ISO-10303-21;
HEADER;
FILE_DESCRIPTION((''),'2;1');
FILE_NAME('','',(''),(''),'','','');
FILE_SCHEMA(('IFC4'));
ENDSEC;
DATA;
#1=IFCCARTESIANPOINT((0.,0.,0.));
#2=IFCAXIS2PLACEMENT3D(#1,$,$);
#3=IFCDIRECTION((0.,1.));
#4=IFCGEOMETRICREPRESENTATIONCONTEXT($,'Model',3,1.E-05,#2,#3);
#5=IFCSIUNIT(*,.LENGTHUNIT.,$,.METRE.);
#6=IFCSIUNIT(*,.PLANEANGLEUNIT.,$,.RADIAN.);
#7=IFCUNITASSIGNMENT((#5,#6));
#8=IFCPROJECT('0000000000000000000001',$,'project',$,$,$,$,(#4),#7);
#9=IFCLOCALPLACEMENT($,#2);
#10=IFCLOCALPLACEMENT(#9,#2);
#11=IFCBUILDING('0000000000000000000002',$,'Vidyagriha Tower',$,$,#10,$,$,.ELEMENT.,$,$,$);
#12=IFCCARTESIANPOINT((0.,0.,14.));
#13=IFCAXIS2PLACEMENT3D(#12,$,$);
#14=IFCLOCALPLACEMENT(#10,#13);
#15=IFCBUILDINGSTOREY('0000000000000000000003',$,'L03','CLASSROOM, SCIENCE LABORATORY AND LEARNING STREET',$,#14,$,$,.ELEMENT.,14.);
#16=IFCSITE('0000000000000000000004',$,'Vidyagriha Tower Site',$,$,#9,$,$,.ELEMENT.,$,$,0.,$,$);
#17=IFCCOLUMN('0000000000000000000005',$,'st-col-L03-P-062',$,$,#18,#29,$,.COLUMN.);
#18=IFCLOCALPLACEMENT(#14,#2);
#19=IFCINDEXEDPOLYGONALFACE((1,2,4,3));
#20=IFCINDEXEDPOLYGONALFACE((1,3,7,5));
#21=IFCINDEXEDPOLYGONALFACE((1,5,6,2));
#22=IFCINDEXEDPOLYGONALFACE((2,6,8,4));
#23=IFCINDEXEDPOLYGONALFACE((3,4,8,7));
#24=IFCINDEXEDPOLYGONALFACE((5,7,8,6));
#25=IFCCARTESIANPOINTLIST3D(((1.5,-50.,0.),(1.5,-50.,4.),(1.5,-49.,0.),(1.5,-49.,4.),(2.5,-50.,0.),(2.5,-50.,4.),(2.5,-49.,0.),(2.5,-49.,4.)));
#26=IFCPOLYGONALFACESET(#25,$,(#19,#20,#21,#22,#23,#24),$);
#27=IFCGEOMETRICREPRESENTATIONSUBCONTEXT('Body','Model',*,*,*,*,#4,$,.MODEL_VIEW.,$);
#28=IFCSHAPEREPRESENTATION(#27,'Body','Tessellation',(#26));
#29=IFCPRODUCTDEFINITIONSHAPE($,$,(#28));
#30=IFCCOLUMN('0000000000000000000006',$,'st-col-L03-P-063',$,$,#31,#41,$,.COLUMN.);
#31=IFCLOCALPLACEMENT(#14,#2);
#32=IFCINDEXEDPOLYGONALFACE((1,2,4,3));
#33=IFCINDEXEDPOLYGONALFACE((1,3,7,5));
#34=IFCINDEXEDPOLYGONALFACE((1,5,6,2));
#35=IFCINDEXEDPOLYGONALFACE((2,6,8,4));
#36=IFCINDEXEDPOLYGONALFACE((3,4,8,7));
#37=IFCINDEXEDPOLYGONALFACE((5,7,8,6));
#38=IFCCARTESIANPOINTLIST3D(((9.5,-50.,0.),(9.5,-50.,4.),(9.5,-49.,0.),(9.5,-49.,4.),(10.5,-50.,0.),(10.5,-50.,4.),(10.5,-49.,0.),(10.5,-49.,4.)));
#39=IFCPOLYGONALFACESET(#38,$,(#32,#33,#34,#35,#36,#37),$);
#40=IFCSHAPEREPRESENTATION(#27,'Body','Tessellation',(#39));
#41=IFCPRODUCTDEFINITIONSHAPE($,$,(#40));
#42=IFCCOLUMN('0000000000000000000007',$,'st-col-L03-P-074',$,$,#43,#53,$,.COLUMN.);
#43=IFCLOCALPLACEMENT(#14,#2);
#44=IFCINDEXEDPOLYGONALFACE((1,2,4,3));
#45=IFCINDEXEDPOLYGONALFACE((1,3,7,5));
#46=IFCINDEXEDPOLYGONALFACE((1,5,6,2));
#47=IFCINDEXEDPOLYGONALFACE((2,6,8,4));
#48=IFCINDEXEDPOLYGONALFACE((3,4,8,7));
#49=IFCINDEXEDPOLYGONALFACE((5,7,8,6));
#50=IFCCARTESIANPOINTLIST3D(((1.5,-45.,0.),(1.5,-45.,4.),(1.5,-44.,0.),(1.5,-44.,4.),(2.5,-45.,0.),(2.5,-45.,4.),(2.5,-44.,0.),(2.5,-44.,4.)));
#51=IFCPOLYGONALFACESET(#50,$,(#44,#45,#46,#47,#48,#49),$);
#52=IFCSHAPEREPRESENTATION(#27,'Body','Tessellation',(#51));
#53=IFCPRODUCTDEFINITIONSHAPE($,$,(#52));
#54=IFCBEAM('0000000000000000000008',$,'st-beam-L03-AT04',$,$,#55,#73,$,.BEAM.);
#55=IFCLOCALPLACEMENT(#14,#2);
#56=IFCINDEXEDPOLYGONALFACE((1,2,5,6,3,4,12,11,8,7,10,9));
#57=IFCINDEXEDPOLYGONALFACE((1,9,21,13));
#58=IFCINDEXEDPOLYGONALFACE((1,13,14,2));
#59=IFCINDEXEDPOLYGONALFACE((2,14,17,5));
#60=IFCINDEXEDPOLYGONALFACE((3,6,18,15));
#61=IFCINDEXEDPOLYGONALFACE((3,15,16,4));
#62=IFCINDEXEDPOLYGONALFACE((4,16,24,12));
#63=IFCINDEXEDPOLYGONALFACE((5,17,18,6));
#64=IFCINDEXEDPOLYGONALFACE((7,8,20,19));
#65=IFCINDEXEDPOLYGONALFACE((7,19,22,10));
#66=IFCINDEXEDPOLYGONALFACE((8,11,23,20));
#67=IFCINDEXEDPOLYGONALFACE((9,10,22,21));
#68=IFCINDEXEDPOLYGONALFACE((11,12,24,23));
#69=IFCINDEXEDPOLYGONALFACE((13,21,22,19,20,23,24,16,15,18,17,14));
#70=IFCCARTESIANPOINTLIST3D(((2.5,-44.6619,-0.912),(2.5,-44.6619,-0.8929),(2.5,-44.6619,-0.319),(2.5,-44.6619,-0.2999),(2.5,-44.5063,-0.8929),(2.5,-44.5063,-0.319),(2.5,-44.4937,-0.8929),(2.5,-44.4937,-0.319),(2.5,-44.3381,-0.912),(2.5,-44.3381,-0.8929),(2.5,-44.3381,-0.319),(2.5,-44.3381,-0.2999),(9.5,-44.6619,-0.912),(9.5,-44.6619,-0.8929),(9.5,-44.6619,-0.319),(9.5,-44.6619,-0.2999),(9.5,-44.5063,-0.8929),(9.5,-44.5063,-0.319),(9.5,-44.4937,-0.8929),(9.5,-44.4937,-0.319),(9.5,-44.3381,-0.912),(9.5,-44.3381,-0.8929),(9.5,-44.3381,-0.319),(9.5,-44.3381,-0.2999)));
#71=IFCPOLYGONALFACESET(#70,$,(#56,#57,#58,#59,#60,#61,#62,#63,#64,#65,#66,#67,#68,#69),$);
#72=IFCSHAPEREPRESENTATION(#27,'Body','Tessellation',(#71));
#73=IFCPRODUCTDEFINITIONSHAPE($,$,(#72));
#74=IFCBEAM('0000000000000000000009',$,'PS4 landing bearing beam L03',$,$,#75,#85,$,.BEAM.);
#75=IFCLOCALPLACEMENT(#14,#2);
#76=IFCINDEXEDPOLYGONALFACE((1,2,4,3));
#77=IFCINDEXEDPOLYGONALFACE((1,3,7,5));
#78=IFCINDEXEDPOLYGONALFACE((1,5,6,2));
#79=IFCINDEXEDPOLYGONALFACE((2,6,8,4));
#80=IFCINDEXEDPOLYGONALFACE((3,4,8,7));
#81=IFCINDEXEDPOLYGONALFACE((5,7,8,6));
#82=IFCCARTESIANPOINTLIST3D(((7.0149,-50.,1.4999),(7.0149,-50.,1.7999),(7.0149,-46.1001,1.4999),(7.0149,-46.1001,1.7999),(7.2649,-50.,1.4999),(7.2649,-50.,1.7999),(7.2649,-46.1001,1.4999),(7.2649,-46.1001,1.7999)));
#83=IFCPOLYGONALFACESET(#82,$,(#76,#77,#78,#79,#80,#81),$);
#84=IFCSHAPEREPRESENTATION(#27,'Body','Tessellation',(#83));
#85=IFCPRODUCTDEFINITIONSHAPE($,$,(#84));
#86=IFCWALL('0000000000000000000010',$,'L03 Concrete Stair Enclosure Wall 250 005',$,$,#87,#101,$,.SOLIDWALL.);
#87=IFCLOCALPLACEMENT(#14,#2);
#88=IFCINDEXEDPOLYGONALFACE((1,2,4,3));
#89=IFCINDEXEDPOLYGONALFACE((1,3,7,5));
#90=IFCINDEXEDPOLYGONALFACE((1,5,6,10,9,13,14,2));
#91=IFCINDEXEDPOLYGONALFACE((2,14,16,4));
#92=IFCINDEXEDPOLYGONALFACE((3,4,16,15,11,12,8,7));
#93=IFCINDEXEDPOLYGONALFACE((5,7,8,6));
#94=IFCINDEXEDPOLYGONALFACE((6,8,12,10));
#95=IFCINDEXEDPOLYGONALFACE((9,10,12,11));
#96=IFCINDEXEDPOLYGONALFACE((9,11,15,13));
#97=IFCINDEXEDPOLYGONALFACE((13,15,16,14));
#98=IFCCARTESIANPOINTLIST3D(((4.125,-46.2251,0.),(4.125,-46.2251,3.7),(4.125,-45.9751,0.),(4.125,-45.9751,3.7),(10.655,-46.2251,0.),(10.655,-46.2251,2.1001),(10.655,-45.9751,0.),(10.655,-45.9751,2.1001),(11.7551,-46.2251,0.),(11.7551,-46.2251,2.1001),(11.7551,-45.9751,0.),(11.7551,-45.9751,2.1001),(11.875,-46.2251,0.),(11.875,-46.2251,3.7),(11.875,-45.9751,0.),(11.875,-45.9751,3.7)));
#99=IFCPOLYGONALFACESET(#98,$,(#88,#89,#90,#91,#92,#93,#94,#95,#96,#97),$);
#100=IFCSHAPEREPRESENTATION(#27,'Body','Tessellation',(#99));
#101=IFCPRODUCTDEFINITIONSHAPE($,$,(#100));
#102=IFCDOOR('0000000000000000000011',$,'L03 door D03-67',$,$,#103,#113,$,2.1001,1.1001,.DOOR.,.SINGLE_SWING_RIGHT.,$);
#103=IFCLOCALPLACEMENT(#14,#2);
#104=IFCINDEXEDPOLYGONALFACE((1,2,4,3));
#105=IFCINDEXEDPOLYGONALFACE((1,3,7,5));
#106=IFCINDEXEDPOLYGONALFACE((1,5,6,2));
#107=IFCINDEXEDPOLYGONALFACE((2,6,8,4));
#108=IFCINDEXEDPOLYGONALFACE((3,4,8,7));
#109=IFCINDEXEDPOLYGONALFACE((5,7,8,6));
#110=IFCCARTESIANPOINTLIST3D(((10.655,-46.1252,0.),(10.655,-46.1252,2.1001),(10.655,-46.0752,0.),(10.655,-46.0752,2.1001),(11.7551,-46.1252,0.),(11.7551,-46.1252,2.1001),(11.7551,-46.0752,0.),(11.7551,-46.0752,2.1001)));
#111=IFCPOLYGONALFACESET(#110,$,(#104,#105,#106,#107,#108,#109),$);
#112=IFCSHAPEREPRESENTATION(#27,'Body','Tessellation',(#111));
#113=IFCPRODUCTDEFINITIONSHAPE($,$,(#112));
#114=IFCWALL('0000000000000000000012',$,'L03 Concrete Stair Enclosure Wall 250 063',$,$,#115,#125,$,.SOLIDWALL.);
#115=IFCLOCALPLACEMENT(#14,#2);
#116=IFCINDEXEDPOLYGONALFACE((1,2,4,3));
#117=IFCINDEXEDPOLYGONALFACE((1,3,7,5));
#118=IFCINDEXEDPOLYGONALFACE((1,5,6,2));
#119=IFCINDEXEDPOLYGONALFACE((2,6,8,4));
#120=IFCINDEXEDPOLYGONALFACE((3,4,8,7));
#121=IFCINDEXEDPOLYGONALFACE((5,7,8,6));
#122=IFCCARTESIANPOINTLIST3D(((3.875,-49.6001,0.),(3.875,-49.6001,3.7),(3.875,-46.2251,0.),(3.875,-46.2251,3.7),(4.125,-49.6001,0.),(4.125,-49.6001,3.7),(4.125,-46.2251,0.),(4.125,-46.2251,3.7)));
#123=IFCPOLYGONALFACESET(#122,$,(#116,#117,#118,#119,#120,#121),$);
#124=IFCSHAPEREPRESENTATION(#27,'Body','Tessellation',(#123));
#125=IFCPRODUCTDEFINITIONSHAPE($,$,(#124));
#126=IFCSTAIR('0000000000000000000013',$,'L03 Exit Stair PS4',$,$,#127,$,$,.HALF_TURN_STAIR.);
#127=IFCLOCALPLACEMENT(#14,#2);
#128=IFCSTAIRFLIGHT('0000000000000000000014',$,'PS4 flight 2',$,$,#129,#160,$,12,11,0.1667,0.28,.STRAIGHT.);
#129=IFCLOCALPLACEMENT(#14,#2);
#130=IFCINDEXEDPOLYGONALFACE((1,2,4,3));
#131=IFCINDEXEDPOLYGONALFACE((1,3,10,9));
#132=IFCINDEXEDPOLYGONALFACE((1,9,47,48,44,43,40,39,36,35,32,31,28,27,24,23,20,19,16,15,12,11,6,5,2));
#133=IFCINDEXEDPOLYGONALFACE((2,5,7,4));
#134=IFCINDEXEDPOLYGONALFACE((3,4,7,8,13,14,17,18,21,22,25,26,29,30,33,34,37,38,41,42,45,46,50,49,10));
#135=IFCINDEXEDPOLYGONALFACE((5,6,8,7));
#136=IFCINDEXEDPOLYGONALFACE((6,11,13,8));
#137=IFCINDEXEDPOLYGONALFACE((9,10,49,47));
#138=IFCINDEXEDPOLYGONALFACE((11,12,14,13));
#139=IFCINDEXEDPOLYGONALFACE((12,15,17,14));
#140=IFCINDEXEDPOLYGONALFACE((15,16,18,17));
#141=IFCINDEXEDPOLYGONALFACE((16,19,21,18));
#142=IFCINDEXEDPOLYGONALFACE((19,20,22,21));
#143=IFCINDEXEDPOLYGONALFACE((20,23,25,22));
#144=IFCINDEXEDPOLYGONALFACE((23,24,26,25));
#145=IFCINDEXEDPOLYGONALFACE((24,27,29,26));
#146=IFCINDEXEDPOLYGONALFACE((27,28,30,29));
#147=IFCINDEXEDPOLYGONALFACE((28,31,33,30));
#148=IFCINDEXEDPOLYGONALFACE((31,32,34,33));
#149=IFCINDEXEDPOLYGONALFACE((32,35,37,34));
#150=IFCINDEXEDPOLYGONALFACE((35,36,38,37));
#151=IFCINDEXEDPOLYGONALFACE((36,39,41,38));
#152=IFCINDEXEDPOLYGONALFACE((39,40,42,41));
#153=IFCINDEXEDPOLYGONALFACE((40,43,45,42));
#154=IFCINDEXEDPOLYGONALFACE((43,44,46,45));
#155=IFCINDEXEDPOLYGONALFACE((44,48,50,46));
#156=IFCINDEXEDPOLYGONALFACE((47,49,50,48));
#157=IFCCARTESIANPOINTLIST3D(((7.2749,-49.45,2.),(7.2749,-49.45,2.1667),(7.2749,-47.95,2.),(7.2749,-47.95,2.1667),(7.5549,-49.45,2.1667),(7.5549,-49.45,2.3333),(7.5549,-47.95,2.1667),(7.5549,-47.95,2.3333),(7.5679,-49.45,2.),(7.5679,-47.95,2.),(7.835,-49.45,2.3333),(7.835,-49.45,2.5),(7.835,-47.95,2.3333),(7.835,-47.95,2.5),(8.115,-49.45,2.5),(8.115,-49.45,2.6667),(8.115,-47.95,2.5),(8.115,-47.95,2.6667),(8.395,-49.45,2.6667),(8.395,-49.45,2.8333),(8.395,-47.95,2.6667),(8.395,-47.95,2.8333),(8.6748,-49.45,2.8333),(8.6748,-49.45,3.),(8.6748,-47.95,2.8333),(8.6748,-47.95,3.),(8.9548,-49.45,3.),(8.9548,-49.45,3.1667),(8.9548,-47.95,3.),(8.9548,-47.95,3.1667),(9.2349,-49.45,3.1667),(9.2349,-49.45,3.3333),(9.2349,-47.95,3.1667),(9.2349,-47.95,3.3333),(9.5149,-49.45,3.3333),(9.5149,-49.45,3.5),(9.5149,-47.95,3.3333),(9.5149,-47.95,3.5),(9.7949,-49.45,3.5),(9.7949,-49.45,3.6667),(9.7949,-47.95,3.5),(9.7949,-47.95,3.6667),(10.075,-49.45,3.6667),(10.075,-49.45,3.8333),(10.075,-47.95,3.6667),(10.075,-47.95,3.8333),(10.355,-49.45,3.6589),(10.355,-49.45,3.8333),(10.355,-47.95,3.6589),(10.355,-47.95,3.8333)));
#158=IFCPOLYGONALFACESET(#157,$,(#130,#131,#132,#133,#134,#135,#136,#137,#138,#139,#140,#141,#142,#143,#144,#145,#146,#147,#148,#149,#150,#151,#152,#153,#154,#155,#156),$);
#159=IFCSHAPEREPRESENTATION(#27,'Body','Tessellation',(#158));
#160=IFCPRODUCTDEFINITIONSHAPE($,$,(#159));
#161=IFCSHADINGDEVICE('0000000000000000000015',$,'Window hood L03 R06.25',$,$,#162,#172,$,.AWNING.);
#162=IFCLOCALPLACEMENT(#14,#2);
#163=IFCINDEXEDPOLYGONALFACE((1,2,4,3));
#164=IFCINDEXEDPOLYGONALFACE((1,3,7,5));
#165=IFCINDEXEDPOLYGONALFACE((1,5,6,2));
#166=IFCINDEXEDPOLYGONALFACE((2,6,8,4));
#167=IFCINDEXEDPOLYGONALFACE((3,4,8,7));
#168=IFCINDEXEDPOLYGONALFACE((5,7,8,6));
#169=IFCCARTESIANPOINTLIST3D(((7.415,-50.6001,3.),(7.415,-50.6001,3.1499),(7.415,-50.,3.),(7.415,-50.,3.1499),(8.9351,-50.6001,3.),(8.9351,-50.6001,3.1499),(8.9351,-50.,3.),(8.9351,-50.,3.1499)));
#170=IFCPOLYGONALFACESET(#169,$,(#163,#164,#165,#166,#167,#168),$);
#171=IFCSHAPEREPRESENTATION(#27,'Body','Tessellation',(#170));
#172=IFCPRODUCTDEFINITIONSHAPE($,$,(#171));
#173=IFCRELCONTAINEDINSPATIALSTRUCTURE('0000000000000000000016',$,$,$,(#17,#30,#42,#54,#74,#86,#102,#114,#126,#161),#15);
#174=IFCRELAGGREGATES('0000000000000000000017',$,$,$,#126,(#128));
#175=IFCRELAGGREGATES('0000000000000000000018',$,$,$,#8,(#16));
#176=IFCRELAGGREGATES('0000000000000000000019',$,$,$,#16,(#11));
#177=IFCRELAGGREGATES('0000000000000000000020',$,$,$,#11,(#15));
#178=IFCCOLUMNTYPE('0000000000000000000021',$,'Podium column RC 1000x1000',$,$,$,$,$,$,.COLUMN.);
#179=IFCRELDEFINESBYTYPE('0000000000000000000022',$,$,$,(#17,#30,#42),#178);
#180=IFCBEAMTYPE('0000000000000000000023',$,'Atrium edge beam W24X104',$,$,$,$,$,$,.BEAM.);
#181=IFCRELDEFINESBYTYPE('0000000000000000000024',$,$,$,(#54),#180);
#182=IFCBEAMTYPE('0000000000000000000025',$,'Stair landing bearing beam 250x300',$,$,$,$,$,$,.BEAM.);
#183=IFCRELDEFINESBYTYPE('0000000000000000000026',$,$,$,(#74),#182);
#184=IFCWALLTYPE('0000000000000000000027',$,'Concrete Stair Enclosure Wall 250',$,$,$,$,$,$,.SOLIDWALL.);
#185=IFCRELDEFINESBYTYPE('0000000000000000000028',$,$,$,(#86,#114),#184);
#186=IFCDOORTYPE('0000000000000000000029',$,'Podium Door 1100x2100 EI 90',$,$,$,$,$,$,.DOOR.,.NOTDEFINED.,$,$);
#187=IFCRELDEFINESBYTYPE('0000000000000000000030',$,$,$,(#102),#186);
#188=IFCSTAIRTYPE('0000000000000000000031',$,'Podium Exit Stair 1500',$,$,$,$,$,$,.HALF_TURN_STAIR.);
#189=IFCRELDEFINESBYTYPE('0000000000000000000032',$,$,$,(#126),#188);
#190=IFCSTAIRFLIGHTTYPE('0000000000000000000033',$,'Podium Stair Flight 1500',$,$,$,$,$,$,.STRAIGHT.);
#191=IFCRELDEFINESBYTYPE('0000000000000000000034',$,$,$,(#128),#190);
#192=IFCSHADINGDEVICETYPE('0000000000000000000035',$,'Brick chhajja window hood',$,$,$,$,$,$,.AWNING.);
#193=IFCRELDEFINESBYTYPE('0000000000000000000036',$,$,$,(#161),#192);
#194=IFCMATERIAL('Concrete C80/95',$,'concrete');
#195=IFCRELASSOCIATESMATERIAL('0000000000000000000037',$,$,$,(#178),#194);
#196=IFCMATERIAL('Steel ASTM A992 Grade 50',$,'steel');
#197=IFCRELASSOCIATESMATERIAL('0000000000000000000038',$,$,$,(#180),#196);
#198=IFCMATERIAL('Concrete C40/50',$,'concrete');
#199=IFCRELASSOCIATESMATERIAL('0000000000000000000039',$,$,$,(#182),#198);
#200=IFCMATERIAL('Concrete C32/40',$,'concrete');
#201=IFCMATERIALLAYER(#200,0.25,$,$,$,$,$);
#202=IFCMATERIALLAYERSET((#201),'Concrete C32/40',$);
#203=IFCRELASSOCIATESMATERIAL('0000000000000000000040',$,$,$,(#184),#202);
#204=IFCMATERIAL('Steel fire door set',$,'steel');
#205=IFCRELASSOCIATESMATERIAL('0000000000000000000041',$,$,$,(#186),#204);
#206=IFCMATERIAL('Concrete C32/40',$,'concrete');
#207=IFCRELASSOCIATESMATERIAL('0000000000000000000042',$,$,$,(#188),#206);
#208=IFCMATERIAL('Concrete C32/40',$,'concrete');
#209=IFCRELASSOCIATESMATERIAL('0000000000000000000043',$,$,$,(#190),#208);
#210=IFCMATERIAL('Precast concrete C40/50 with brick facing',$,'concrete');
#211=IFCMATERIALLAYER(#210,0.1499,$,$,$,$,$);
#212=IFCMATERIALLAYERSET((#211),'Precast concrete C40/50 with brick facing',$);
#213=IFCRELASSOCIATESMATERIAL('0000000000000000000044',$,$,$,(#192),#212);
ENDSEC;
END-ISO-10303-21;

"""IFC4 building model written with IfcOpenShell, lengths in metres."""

from ifc_helpers import new_model, si_unit, direction, frame, frame_2d, origin, origin_2d, place, context, subcontext, project, spatial, polyline, rectangle, i_section, outline, extrude, material, layer, layer_set, material_profile, profile_set, type_object, element, fill, aggregate, save


model = new_model("IFC4")

# Units and contexts
model_context = context("Model", 3, precision=1e-05, world=origin(), true_north=direction((0.0, 1.0)))
body_context = subcontext(model_context, "Body", "Model", "MODEL_VIEW")
ifc_project = project(units=[si_unit("LENGTHUNIT", "METRE"), si_unit("PLANEANGLEUNIT", "RADIAN")], contexts=[model_context])

# Site, building, storey
site_placement = place(None, origin())
site = spatial("IfcSite", under=ifc_project, at=site_placement, Name="Vidyagriha Tower Site", CompositionType="ELEMENT", RefElevation=0.0)
building_placement = place(site_placement, origin())
building = spatial("IfcBuilding", under=site, at=building_placement, Name="Vidyagriha Tower", CompositionType="ELEMENT")
storey_placement = place(building_placement, frame((0.0, 0.0, 14.0)))
storey = spatial("IfcBuildingStorey", under=building, at=storey_placement, Name="L03", Description="CLASSROOM, SCIENCE LABORATORY AND LEARNING STREET", CompositionType="ELEMENT", Elevation=14.0)

# Columns
ifc_material_1 = material(Name="Concrete C80/95", Category="concrete")
ifc_material_profile_1 = material_profile(ifc_material_1, rectangle(XDim=1.0, YDim=1.0, at=origin_2d()), Name="RC 1000x1000")
ifc_profile_set_1 = profile_set([ifc_material_profile_1], Name="Concrete C80/95")
column_type = type_object("IfcColumnType", Name="Podium column RC 1000x1000", PredefinedType="COLUMN", material=ifc_profile_set_1)
for number, where, name in (
    (1, (2.0, -49.5, 0.0), "st-col-L03-P-062"),
    (2, (10.0, -49.5, 0.0), "st-col-L03-P-063"),
    (3, (2.0, -44.5, 0.0), "st-col-L03-P-074"),
):
    element("IfcColumn", number, at=place(storey_placement, frame(where)), inside=storey, type_object=column_type, Name=name, PredefinedType="COLUMN", context=body_context, shape_type="SweptSolid", body=[
        extrude(rectangle(XDim=1.0, YDim=1.0, at=origin_2d()), origin(), (0.0, 0.0, 1.0), 4.0),
    ])

# Beams
ifc_material_2 = material(Name="Steel ASTM A992 Grade 50", Category="steel")
ifc_material_profile_2 = material_profile(ifc_material_2, i_section(OverallWidth=0.3237, OverallDepth=0.6121, WebThickness=0.0127, FlangeThickness=0.019, at=origin_2d()), Name="W24X104")
ifc_profile_set_2 = profile_set([ifc_material_profile_2], Name="Steel ASTM A992 Grade 50")
beam_type_1 = type_object("IfcBeamType", Name="Atrium edge beam W24X104", PredefinedType="BEAM", material=ifc_profile_set_2)
beam_1_placement = place(storey_placement, frame((2.5, -44.5, -0.606), z_axis=(1.0, 0.0, 0.0), x_axis=(0.0, 1.0, 0.0)))
element("IfcBeam", 4, at=beam_1_placement, inside=storey, type_object=beam_type_1, Name="st-beam-L03-AT04", PredefinedType="BEAM", context=body_context, shape_type="SweptSolid", body=[
    extrude(i_section(OverallWidth=0.3237, OverallDepth=0.6121, WebThickness=0.0127, FlangeThickness=0.019, at=origin_2d()), origin(), (0.0, 0.0, 1.0), 7.0),
])
ifc_material_3 = material(Name="Concrete C40/50", Category="concrete")
ifc_material_profile_3 = material_profile(ifc_material_3, rectangle(XDim=0.25, YDim=0.3, at=origin_2d()), Name="Stair landing bearing beam 250x300")
ifc_profile_set_3 = profile_set([ifc_material_profile_3], Name="Concrete C40/50")
beam_type_2 = type_object("IfcBeamType", Name="Stair landing bearing beam 250x300", PredefinedType="BEAM", material=ifc_profile_set_3)
beam_2_placement = place(storey_placement, frame((7.1399, -50.0, 1.6499), z_axis=(0.0, 1.0, 0.0), x_axis=(-1.0, 0.0, 0.0)))
element("IfcBeam", 5, at=beam_2_placement, inside=storey, type_object=beam_type_2, Name="PS4 landing bearing beam L03", PredefinedType="BEAM", context=body_context, shape_type="SweptSolid", body=[
    extrude(rectangle(XDim=0.25, YDim=0.3, at=origin_2d()), origin(), (0.0, 0.0, 1.0), 3.8999),
])

# Wall, opening, door
ifc_material_4 = material(Name="Concrete C32/40", Category="concrete")
ifc_layer_1 = layer(ifc_material_4, 0.25)
ifc_layer_set_1 = layer_set([ifc_layer_1], Name="Concrete C32/40")
wall_type = type_object("IfcWallType", Name="Concrete Stair Enclosure Wall 250", PredefinedType="SOLIDWALL", material=ifc_layer_set_1)
wall_1_placement = place(storey_placement, frame((4.125, -46.1001, 0.0)))
wall_1 = element("IfcWall", 6, at=wall_1_placement, inside=storey, type_object=wall_type, Name="L03 Concrete Stair Enclosure Wall 250 005", PredefinedType="SOLIDWALL", context=body_context, shape_type="SweptSolid", body=[
    extrude(rectangle(XDim=7.75, YDim=0.25, at=frame_2d((3.875, 0.0))), origin(), (0.0, 0.0, 1.0), 3.7),
])
opening_placement = place(wall_1_placement, frame((6.53, 0.0, 0.0)))
opening = element("IfcOpeningElement", 7, at=opening_placement, cuts=wall_1, PredefinedType="OPENING", context=body_context, shape_type="SweptSolid", body=[
    extrude(rectangle(XDim=1.1001, YDim=2.1001, at=frame_2d((0.55, 1.05))), frame((0.0, 0.135, 0.0), z_axis=(0.0, -1.0, 0.0), x_axis=(1.0, 0.0, 0.0)), (0.0, 0.0, 1.0), 0.27),
])
ifc_material_5 = material(Name="Steel fire door set", Category="steel")
door_type = type_object("IfcDoorType", Name="Podium Door 1100x2100 EI 90", OperationType="NOTDEFINED", PredefinedType="DOOR", material=ifc_material_5)
door_placement = place(opening_placement, origin())
door = element("IfcDoor", 8, at=door_placement, inside=storey, type_object=door_type, Name="L03 door D03-67", OperationType="SINGLE_SWING_RIGHT", OverallHeight=2.1001, OverallWidth=1.1001, PredefinedType="DOOR", context=body_context, shape_type="SweptSolid", body=[
    extrude(rectangle(XDim=1.1001, YDim=2.1001, at=frame_2d((0.55, 1.05))), frame((0.0, 0.0249, 0.0), z_axis=(0.0, -1.0, 0.0), x_axis=(1.0, 0.0, 0.0)), (0.0, 0.0, 1.0), 0.05),
])
fill(opening, door)

# Wall
wall_2_placement = place(storey_placement, frame((4.0, -49.6001, 0.0), z_axis=(0.0, 0.0, 1.0), x_axis=(0.0, 1.0, 0.0)))
element("IfcWall", 9, at=wall_2_placement, inside=storey, type_object=wall_type, Name="L03 Concrete Stair Enclosure Wall 250 063", PredefinedType="SOLIDWALL", context=body_context, shape_type="SweptSolid", body=[
    extrude(rectangle(XDim=3.375, YDim=0.25, at=frame_2d((1.6875, 0.0))), origin(), (0.0, 0.0, 1.0), 3.7),
])

# Stair, stair flight
ifc_material_6 = material(Name="Concrete C32/40", Category="concrete")
stair_type = type_object("IfcStairType", Name="Podium Exit Stair 1500", PredefinedType="HALF_TURN_STAIR", material=ifc_material_6)
stair_placement = place(storey_placement, origin())
stair = element("IfcStair", 10, at=stair_placement, inside=storey, type_object=stair_type, Name="L03 Exit Stair PS4", PredefinedType="HALF_TURN_STAIR")
ifc_material_7 = material(Name="Concrete C32/40", Category="concrete")
stair_flight_type = type_object("IfcStairFlightType", Name="Podium Stair Flight 1500", PredefinedType="STRAIGHT", material=ifc_material_7)
stair_flight_placement = place(storey_placement, frame((7.2749, -48.7, 2.0)))
stair_flight = element("IfcStairFlight", 11, at=stair_flight_placement, type_object=stair_flight_type, Name="PS4 flight 2", NumberOfRisers=12, NumberOfTreads=11, PredefinedType="STRAIGHT", RiserHeight=0.1667, TreadLength=0.28, context=body_context, shape_type="SweptSolid", body=[
    extrude(outline(polyline([(0.0, 0.0), (0.0, 0.1667), (0.28, 0.1667), (0.28, 0.3333), (0.5601, 0.3333), (0.5601, 0.5), (0.8401, 0.5), (0.8401, 0.6667), (1.1201, 0.6667), (1.1201, 0.8333), (1.3999, 0.8333), (1.3999, 1.0), (1.6799, 1.0), (1.6799, 1.1667), (1.96, 1.1667), (1.96, 1.3333), (2.24, 1.3333), (2.24, 1.5), (2.52, 1.5), (2.52, 1.6667), (2.8, 1.6667), (2.8, 1.8333), (3.0801, 1.8333), (3.0801, 2.0), (3.0801, 1.6589), (0.293, 0.0), (0.0, 0.0)])), frame((0.0, 0.75, 0.0), z_axis=(0.0, -1.0, 0.0), x_axis=(1.0, 0.0, 0.0)), (0.0, 0.0, 1.0), 1.5),
])
aggregate(stair, [stair_flight])

# Shading device
ifc_material_8 = material(Name="Precast concrete C40/50 with brick facing", Category="concrete")
ifc_layer_2 = layer(ifc_material_8, 0.1499)
ifc_layer_set_2 = layer_set([ifc_layer_2], Name="Precast concrete C40/50 with brick facing")
shading_device_type_1 = type_object("IfcShadingDeviceType", Name="Brick chhajja window hood", PredefinedType="AWNING", material=ifc_layer_set_2)
shading_device_1_placement = place(storey_placement, frame((8.175, -50.3, 3.0)))
element("IfcShadingDevice", 12, at=shading_device_1_placement, inside=storey, type_object=shading_device_type_1, Name="Window hood L03 R06.25", PredefinedType="AWNING", context=body_context, shape_type="SweptSolid", body=[
    extrude(rectangle(XDim=1.52, YDim=0.6001, at=origin_2d()), origin(), (0.0, 0.0, 1.0), 0.1499),
])

save(model, "model.ifc")
